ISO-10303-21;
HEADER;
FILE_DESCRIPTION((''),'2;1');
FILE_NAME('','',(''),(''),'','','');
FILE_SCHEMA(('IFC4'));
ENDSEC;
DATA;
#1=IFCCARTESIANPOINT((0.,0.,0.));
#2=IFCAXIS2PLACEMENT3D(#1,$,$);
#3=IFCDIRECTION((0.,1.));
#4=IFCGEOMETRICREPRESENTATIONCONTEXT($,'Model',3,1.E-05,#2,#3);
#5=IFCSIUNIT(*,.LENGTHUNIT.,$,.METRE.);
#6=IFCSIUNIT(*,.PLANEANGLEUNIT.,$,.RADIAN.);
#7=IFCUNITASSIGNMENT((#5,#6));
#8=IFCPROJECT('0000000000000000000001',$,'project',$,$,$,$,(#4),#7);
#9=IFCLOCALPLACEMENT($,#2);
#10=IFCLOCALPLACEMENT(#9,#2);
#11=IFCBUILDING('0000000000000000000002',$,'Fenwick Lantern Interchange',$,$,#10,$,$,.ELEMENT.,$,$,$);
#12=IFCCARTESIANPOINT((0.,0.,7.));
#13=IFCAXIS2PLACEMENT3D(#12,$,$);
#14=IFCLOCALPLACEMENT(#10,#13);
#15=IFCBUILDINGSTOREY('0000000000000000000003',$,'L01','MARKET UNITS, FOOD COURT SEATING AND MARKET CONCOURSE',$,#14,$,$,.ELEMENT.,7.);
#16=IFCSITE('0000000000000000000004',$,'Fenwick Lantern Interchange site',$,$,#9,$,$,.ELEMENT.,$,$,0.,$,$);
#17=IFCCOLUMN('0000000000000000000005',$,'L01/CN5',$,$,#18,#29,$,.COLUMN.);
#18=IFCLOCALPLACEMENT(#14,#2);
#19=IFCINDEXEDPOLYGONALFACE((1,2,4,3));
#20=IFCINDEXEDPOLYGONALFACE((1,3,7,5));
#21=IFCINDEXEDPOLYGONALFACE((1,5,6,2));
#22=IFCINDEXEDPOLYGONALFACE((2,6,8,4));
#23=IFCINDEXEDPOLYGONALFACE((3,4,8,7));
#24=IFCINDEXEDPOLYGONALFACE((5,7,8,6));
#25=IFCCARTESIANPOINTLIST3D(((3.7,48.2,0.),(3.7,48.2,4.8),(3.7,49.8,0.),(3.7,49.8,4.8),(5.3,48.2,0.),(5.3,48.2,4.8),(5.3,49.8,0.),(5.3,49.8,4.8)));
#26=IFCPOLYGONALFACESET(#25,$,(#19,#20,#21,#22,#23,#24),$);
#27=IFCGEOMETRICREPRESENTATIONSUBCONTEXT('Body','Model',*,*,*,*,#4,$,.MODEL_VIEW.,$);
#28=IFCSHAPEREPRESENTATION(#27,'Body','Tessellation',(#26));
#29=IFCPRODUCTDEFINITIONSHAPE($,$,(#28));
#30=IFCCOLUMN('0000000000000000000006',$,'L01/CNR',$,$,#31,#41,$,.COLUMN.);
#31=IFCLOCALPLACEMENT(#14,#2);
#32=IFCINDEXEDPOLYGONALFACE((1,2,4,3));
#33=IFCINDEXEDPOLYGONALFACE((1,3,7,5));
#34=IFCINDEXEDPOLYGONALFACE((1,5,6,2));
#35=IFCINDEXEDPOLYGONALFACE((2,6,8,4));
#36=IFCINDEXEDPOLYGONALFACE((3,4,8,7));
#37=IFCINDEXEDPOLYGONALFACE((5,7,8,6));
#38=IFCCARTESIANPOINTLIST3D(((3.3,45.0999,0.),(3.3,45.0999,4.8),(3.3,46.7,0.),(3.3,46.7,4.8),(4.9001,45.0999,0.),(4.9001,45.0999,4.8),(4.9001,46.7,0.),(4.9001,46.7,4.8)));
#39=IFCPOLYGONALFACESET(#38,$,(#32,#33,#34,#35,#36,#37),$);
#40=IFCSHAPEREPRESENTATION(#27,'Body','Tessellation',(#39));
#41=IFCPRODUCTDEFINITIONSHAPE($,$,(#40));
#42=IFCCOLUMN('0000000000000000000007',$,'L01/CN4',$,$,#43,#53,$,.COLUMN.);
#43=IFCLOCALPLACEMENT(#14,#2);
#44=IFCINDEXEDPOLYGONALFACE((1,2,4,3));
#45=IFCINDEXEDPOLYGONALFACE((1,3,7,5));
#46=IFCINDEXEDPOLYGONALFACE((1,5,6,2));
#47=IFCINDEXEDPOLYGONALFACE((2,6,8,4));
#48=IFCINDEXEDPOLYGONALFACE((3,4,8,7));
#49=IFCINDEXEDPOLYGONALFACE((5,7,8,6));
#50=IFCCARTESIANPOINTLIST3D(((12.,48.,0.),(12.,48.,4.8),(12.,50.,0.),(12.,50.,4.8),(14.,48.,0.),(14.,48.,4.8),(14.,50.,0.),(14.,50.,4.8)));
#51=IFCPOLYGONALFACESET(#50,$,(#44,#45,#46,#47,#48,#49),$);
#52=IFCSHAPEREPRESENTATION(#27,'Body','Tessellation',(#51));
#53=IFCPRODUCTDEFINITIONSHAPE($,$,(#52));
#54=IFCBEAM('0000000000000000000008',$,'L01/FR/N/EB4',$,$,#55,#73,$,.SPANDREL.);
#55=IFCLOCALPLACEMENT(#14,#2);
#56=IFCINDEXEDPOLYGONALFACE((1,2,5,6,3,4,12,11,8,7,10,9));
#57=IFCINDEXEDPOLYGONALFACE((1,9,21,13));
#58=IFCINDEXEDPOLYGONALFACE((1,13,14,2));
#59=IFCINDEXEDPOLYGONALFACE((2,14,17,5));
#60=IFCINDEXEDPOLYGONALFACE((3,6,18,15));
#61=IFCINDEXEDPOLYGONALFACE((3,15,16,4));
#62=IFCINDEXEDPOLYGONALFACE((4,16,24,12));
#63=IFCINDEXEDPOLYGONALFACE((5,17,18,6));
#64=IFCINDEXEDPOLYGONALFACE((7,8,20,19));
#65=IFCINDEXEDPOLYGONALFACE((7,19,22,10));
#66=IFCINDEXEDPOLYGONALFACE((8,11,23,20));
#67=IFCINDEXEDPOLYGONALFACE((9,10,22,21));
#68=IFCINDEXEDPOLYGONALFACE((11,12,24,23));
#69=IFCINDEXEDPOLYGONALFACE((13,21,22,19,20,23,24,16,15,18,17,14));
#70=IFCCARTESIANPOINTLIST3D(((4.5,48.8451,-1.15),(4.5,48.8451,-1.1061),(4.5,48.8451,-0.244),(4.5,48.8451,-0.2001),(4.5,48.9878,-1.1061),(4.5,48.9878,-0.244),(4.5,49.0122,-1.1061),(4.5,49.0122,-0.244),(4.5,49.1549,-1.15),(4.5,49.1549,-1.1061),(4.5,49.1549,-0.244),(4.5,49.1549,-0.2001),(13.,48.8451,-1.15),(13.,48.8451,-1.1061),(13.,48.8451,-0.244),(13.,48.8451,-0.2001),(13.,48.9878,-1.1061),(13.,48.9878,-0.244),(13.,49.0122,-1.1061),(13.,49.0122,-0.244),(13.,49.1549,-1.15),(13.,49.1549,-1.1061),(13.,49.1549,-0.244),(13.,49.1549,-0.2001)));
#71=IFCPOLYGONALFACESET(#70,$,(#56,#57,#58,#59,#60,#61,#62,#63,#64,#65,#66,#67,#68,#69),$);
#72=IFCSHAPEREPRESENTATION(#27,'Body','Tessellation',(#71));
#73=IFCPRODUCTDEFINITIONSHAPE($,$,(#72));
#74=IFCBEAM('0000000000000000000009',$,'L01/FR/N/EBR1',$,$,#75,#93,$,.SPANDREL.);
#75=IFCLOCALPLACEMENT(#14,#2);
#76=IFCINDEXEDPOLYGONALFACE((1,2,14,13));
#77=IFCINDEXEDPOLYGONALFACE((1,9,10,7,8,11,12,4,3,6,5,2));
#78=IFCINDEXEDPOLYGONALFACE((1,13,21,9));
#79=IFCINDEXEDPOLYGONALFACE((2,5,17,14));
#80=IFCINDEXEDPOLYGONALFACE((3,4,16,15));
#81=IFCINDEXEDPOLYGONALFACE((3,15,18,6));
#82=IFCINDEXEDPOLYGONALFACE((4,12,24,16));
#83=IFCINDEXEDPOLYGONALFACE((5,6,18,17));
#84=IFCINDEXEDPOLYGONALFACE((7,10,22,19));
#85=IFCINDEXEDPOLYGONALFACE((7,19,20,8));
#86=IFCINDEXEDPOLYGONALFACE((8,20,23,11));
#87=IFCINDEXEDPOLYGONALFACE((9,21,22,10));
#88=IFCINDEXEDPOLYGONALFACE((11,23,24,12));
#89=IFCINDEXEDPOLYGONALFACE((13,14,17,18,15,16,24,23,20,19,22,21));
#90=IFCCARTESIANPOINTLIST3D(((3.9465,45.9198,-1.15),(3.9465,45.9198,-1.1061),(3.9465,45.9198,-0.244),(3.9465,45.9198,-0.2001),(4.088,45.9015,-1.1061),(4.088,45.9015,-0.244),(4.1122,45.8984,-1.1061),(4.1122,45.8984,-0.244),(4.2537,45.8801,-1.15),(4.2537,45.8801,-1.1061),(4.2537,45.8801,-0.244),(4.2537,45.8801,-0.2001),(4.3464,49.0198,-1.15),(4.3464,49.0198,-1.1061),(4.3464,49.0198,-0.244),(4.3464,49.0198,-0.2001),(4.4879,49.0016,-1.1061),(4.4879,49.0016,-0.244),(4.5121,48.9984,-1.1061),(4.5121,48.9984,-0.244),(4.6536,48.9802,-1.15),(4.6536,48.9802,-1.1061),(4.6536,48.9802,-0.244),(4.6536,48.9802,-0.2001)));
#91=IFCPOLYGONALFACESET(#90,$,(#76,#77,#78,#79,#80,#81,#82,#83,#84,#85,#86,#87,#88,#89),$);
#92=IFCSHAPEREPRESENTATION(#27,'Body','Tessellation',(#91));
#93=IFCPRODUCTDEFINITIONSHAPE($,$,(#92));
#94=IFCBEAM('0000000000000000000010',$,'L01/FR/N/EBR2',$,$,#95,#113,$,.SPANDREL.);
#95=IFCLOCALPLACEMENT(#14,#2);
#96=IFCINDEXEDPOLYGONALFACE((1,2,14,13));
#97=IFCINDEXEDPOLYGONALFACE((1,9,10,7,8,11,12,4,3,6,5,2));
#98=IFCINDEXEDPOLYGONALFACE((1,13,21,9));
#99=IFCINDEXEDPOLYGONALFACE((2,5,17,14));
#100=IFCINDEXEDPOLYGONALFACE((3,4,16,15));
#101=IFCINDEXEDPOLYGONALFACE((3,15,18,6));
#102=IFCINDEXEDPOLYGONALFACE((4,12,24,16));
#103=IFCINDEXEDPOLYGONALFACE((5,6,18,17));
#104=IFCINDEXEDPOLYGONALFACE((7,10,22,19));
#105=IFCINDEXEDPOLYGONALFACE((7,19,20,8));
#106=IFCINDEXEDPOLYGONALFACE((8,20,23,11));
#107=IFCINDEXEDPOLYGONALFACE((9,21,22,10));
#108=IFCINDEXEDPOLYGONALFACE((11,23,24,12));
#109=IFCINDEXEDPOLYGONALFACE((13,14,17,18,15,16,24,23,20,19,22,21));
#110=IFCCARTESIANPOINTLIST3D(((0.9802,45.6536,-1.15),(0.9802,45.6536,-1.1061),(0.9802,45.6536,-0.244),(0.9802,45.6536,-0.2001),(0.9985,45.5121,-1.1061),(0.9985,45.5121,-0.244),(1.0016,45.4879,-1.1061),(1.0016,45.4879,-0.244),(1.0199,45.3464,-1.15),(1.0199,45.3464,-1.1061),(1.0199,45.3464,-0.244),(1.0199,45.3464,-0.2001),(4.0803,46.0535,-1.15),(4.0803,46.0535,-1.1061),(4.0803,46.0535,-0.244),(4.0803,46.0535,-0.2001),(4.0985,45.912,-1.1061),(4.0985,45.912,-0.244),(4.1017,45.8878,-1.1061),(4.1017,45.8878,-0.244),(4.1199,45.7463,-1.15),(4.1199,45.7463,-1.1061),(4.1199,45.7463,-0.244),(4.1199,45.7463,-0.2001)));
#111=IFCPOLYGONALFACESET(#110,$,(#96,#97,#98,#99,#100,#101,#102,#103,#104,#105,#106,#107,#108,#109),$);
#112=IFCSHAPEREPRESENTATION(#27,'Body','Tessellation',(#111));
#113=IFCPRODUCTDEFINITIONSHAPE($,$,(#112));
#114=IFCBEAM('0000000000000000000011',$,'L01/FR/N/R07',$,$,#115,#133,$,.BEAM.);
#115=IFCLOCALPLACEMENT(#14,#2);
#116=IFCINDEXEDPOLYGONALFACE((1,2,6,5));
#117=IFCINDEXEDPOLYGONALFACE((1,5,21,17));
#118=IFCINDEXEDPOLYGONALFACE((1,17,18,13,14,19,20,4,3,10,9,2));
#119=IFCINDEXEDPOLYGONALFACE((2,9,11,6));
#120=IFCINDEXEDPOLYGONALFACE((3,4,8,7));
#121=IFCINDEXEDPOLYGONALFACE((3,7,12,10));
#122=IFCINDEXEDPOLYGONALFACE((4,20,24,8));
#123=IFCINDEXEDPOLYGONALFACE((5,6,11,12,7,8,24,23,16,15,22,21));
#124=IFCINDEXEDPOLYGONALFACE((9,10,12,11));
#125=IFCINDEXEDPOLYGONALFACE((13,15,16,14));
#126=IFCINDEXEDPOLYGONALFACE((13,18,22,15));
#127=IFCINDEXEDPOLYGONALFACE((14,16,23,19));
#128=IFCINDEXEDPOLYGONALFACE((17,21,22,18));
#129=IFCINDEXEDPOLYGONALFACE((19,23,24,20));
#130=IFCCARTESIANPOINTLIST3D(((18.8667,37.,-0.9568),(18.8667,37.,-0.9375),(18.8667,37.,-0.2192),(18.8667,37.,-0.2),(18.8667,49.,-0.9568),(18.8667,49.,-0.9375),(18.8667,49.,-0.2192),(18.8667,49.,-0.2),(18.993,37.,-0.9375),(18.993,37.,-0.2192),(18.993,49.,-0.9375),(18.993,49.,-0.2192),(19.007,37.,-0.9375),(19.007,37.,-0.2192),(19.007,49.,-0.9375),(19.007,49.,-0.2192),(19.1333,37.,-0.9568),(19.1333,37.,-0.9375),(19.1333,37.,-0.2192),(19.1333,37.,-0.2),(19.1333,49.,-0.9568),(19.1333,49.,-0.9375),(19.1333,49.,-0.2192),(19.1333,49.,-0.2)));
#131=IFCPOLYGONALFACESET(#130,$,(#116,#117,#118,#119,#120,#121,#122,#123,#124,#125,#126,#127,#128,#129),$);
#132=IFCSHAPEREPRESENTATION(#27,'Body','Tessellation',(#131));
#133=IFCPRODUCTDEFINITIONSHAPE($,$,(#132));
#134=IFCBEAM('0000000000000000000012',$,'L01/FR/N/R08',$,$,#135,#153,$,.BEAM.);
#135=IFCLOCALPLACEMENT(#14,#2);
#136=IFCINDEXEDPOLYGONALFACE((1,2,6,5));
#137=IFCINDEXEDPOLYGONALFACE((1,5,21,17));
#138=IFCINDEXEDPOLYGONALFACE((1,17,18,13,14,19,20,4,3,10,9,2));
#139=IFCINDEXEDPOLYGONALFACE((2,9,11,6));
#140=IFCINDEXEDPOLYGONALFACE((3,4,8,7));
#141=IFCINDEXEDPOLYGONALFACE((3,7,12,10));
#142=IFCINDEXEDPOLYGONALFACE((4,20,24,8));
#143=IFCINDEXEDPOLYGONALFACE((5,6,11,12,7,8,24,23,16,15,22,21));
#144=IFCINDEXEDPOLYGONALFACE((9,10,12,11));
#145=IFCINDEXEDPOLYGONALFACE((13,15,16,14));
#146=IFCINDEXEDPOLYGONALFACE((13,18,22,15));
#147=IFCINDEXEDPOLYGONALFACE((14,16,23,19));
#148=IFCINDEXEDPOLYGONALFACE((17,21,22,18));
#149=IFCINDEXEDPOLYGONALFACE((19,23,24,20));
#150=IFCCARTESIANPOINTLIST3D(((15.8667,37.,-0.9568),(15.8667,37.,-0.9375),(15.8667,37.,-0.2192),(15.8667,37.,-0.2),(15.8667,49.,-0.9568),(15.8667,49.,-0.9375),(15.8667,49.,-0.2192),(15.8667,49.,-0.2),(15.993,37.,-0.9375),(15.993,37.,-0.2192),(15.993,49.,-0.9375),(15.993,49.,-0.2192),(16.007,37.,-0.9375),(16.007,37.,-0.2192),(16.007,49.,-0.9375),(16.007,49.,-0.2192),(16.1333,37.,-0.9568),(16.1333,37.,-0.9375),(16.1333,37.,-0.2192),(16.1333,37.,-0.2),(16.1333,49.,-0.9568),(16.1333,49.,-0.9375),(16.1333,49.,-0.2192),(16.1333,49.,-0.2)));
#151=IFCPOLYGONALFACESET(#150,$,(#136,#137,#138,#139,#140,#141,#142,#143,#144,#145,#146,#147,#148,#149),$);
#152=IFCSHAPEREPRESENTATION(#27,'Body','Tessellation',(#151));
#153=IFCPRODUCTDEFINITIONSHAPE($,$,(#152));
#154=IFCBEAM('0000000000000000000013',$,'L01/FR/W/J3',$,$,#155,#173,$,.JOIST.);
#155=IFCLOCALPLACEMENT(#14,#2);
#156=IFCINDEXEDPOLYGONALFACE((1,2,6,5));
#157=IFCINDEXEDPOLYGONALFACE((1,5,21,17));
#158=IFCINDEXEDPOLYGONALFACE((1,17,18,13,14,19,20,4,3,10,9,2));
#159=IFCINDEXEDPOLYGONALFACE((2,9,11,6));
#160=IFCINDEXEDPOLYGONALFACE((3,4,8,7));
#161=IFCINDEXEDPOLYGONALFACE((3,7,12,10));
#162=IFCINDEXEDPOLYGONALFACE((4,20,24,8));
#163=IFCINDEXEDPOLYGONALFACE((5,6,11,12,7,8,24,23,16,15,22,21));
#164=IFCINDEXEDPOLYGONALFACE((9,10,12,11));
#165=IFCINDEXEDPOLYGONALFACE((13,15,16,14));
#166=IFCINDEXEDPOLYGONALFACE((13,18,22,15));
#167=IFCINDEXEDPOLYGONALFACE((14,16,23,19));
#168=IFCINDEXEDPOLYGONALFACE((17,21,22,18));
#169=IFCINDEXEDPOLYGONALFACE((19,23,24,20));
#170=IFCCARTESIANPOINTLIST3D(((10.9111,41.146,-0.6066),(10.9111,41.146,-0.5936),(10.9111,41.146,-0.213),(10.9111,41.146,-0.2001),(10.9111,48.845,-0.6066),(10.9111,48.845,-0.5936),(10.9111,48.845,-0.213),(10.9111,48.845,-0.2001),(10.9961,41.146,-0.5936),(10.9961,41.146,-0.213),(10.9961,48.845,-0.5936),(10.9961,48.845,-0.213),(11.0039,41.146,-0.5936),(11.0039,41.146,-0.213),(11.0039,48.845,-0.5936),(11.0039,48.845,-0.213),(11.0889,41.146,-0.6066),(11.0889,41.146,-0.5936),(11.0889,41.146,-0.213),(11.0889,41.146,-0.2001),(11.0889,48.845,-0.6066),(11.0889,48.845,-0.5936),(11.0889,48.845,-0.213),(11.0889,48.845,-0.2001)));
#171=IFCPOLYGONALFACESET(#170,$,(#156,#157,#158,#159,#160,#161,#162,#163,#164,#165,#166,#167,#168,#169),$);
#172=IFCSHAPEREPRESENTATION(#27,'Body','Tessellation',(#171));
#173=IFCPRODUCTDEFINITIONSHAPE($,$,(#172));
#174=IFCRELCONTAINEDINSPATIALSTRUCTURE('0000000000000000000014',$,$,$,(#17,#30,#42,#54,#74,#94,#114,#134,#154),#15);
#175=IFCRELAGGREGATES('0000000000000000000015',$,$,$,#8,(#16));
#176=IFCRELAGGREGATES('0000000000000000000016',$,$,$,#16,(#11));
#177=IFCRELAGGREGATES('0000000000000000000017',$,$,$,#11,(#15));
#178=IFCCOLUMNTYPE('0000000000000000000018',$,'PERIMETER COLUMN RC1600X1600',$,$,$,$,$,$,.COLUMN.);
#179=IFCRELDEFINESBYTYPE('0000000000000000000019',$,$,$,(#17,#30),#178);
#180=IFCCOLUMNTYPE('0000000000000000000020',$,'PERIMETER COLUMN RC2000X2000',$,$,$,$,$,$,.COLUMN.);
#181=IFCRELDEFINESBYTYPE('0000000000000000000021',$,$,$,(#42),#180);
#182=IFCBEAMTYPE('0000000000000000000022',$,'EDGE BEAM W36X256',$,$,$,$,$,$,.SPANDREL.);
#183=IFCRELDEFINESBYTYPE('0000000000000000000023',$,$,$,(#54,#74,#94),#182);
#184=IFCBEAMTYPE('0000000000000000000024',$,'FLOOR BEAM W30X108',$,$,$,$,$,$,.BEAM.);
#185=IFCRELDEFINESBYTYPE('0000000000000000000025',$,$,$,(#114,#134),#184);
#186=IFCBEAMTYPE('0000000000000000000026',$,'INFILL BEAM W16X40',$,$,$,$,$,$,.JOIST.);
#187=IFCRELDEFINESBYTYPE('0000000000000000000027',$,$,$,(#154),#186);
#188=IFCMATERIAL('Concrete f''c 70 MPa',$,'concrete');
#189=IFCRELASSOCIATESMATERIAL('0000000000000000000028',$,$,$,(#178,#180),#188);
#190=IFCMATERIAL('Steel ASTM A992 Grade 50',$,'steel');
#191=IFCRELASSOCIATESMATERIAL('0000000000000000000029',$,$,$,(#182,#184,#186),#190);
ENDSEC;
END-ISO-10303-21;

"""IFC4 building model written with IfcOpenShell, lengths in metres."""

from ifc_helpers import new_model, si_unit, direction, frame, origin, origin_2d, place, context, subcontext, project, spatial, rectangle, i_section, extrude, material, material_profile, profile_set, type_object, element, save


model = new_model("IFC4")

# Units and contexts
model_context = context("Model", 3, precision=1e-05, world=origin(), true_north=direction((0.0, 1.0)))
body_context = subcontext(model_context, "Body", "Model", "MODEL_VIEW")
ifc_project = project(units=[si_unit("LENGTHUNIT", "METRE"), si_unit("PLANEANGLEUNIT", "RADIAN")], contexts=[model_context])

# Site, building, storey
site_placement = place(None, origin())
site = spatial("IfcSite", under=ifc_project, at=site_placement, Name="Fenwick Lantern Interchange site", CompositionType="ELEMENT", RefElevation=0.0)
building_placement = place(site_placement, origin())
building = spatial("IfcBuilding", under=site, at=building_placement, Name="Fenwick Lantern Interchange", CompositionType="ELEMENT")
storey_placement = place(building_placement, frame((0.0, 0.0, 7.0)))
storey = spatial("IfcBuildingStorey", under=building, at=storey_placement, Name="L01", Description="MARKET UNITS, FOOD COURT SEATING AND MARKET CONCOURSE", CompositionType="ELEMENT", Elevation=7.0)

# Columns
ifc_material_1 = material(Name="Concrete f'c 70 MPa", Category="concrete")
ifc_material_profile_1 = material_profile(ifc_material_1, rectangle(XDim=1.6001, YDim=1.6001, at=origin_2d()), Name="RC1600X1600")
ifc_profile_set_1 = profile_set([ifc_material_profile_1], Name="Concrete f'c 70 MPa")
column_type_1 = type_object("IfcColumnType", Name="PERIMETER COLUMN RC1600X1600", PredefinedType="COLUMN", material=ifc_profile_set_1)
for number, where, z_axis, x_axis, name in (
    (1, (4.5, 49.0, 0.0), (0.0, 0.0, 1.0), (1.0, 0.0, 0.0), "L01/CN5"),
    (2, (4.1001, 45.8999, 0.0), (0.0, 0.0, 1.0), (1.0, 0.0, 0.0), "L01/CNR"),
):
    element("IfcColumn", number, at=place(storey_placement, frame(where, z_axis=z_axis, x_axis=x_axis)), inside=storey, type_object=column_type_1, Name=name, PredefinedType="COLUMN", context=body_context, shape_type="SweptSolid", body=[
        extrude(rectangle(XDim=1.6001, YDim=1.6001, at=origin_2d()), origin(), (0.0, 0.0, 1.0), 4.8),
    ])
ifc_material_profile_2 = material_profile(ifc_material_1, rectangle(XDim=2.0, YDim=2.0, at=origin_2d()), Name="RC2000X2000")
ifc_profile_set_2 = profile_set([ifc_material_profile_2], Name="Concrete f'c 70 MPa")
column_type_2 = type_object("IfcColumnType", Name="PERIMETER COLUMN RC2000X2000", PredefinedType="COLUMN", material=ifc_profile_set_2)
column_placement = place(storey_placement, frame((13.0, 49.0, 0.0), z_axis=(0.0, 0.0, 1.0), x_axis=(1.0, 0.0, 0.0)))
element("IfcColumn", 3, at=column_placement, inside=storey, type_object=column_type_2, Name="L01/CN4", PredefinedType="COLUMN", context=body_context, shape_type="SweptSolid", body=[
    extrude(rectangle(XDim=2.0, YDim=2.0, at=origin_2d()), origin(), (0.0, 0.0, 1.0), 4.8),
])

# Beams
ifc_material_2 = material(Name="Steel ASTM A992 Grade 50", Category="steel")
ifc_material_profile_3 = material_profile(ifc_material_2, i_section(OverallWidth=0.3098, OverallDepth=0.95, WebThickness=0.0244, FlangeThickness=0.0439, at=origin_2d()), Name="W36X256")
ifc_profile_set_3 = profile_set([ifc_material_profile_3], Name="Steel ASTM A992 Grade 50")
beam_type_1 = type_object("IfcBeamType", Name="EDGE BEAM W36X256", PredefinedType="SPANDREL", material=ifc_profile_set_3)
beam_1_placement = place(storey_placement, frame((13.0, 49.0, -0.675), z_axis=(-1.0, 0.0, 0.0), x_axis=(0.0, -1.0, 0.0)))
element("IfcBeam", 4, at=beam_1_placement, inside=storey, type_object=beam_type_1, Name="L01/FR/N/EB4", PredefinedType="SPANDREL", context=body_context, shape_type="SweptSolid", body=[
    extrude(i_section(OverallWidth=0.3098, OverallDepth=0.95, WebThickness=0.0244, FlangeThickness=0.0439, at=origin_2d()), origin(), (0.0, 0.0, 1.0), 8.5),
])
for number, where, z_axis, x_axis, name in (
    (5, (4.5, 49.0, -0.675), (-0.127937, -0.991782, 0.0), (0.991782, -0.127937, 0.0), "L01/FR/N/EBR1"),
    (6, (4.1001, 45.8999, -0.675), (-0.991782, -0.127937, 0.0), (0.127937, -0.991782, 0.0), "L01/FR/N/EBR2"),
):
    element("IfcBeam", number, at=place(storey_placement, frame(where, z_axis=z_axis, x_axis=x_axis)), inside=storey, type_object=beam_type_1, Name=name, PredefinedType="SPANDREL", context=body_context, shape_type="SweptSolid", body=[
        extrude(i_section(OverallWidth=0.3098, OverallDepth=0.95, WebThickness=0.0244, FlangeThickness=0.0439, at=origin_2d()), origin(), (0.0, 0.0, 1.0), 3.1257),
    ])
ifc_material_profile_4 = material_profile(ifc_material_2, i_section(OverallWidth=0.2666, OverallDepth=0.7568, WebThickness=0.0139, FlangeThickness=0.0193, at=origin_2d()), Name="W30X108")
ifc_profile_set_4 = profile_set([ifc_material_profile_4], Name="Steel ASTM A992 Grade 50")
beam_type_2 = type_object("IfcBeamType", Name="FLOOR BEAM W30X108", PredefinedType="BEAM", material=ifc_profile_set_4)
for number, where, z_axis, x_axis, name in (
    (7, (19.0, 49.0, -0.5784), (0.0, -1.0, 0.0), (1.0, 0.0, 0.0), "L01/FR/N/R07"),
    (8, (16.0, 49.0, -0.5784), (0.0, -1.0, 0.0), (1.0, 0.0, 0.0), "L01/FR/N/R08"),
):
    element("IfcBeam", number, at=place(storey_placement, frame(where, z_axis=z_axis, x_axis=x_axis)), inside=storey, type_object=beam_type_2, Name=name, PredefinedType="BEAM", context=body_context, shape_type="SweptSolid", body=[
        extrude(i_section(OverallWidth=0.2666, OverallDepth=0.7568, WebThickness=0.0139, FlangeThickness=0.0193, at=origin_2d()), origin(), (0.0, 0.0, 1.0), 12.0),
    ])
ifc_material_profile_5 = material_profile(ifc_material_2, i_section(OverallWidth=0.1777, OverallDepth=0.4065, WebThickness=0.0078, FlangeThickness=0.0129, at=origin_2d()), Name="W16X40")
ifc_profile_set_5 = profile_set([ifc_material_profile_5], Name="Steel ASTM A992 Grade 50")
beam_type_3 = type_object("IfcBeamType", Name="INFILL BEAM W16X40", PredefinedType="JOIST", material=ifc_profile_set_5)
beam_2_placement = place(storey_placement, frame((11.0, 48.845, -0.4033), z_axis=(0.0, -1.0, 0.0), x_axis=(1.0, 0.0, 0.0)))
element("IfcBeam", 9, at=beam_2_placement, inside=storey, type_object=beam_type_3, Name="L01/FR/W/J3", PredefinedType="JOIST", context=body_context, shape_type="SweptSolid", body=[
    extrude(i_section(OverallWidth=0.1777, OverallDepth=0.4065, WebThickness=0.0078, FlangeThickness=0.0129, at=origin_2d()), origin(), (0.0, 0.0, 1.0), 7.699),
])

save(model, "model.ifc")
